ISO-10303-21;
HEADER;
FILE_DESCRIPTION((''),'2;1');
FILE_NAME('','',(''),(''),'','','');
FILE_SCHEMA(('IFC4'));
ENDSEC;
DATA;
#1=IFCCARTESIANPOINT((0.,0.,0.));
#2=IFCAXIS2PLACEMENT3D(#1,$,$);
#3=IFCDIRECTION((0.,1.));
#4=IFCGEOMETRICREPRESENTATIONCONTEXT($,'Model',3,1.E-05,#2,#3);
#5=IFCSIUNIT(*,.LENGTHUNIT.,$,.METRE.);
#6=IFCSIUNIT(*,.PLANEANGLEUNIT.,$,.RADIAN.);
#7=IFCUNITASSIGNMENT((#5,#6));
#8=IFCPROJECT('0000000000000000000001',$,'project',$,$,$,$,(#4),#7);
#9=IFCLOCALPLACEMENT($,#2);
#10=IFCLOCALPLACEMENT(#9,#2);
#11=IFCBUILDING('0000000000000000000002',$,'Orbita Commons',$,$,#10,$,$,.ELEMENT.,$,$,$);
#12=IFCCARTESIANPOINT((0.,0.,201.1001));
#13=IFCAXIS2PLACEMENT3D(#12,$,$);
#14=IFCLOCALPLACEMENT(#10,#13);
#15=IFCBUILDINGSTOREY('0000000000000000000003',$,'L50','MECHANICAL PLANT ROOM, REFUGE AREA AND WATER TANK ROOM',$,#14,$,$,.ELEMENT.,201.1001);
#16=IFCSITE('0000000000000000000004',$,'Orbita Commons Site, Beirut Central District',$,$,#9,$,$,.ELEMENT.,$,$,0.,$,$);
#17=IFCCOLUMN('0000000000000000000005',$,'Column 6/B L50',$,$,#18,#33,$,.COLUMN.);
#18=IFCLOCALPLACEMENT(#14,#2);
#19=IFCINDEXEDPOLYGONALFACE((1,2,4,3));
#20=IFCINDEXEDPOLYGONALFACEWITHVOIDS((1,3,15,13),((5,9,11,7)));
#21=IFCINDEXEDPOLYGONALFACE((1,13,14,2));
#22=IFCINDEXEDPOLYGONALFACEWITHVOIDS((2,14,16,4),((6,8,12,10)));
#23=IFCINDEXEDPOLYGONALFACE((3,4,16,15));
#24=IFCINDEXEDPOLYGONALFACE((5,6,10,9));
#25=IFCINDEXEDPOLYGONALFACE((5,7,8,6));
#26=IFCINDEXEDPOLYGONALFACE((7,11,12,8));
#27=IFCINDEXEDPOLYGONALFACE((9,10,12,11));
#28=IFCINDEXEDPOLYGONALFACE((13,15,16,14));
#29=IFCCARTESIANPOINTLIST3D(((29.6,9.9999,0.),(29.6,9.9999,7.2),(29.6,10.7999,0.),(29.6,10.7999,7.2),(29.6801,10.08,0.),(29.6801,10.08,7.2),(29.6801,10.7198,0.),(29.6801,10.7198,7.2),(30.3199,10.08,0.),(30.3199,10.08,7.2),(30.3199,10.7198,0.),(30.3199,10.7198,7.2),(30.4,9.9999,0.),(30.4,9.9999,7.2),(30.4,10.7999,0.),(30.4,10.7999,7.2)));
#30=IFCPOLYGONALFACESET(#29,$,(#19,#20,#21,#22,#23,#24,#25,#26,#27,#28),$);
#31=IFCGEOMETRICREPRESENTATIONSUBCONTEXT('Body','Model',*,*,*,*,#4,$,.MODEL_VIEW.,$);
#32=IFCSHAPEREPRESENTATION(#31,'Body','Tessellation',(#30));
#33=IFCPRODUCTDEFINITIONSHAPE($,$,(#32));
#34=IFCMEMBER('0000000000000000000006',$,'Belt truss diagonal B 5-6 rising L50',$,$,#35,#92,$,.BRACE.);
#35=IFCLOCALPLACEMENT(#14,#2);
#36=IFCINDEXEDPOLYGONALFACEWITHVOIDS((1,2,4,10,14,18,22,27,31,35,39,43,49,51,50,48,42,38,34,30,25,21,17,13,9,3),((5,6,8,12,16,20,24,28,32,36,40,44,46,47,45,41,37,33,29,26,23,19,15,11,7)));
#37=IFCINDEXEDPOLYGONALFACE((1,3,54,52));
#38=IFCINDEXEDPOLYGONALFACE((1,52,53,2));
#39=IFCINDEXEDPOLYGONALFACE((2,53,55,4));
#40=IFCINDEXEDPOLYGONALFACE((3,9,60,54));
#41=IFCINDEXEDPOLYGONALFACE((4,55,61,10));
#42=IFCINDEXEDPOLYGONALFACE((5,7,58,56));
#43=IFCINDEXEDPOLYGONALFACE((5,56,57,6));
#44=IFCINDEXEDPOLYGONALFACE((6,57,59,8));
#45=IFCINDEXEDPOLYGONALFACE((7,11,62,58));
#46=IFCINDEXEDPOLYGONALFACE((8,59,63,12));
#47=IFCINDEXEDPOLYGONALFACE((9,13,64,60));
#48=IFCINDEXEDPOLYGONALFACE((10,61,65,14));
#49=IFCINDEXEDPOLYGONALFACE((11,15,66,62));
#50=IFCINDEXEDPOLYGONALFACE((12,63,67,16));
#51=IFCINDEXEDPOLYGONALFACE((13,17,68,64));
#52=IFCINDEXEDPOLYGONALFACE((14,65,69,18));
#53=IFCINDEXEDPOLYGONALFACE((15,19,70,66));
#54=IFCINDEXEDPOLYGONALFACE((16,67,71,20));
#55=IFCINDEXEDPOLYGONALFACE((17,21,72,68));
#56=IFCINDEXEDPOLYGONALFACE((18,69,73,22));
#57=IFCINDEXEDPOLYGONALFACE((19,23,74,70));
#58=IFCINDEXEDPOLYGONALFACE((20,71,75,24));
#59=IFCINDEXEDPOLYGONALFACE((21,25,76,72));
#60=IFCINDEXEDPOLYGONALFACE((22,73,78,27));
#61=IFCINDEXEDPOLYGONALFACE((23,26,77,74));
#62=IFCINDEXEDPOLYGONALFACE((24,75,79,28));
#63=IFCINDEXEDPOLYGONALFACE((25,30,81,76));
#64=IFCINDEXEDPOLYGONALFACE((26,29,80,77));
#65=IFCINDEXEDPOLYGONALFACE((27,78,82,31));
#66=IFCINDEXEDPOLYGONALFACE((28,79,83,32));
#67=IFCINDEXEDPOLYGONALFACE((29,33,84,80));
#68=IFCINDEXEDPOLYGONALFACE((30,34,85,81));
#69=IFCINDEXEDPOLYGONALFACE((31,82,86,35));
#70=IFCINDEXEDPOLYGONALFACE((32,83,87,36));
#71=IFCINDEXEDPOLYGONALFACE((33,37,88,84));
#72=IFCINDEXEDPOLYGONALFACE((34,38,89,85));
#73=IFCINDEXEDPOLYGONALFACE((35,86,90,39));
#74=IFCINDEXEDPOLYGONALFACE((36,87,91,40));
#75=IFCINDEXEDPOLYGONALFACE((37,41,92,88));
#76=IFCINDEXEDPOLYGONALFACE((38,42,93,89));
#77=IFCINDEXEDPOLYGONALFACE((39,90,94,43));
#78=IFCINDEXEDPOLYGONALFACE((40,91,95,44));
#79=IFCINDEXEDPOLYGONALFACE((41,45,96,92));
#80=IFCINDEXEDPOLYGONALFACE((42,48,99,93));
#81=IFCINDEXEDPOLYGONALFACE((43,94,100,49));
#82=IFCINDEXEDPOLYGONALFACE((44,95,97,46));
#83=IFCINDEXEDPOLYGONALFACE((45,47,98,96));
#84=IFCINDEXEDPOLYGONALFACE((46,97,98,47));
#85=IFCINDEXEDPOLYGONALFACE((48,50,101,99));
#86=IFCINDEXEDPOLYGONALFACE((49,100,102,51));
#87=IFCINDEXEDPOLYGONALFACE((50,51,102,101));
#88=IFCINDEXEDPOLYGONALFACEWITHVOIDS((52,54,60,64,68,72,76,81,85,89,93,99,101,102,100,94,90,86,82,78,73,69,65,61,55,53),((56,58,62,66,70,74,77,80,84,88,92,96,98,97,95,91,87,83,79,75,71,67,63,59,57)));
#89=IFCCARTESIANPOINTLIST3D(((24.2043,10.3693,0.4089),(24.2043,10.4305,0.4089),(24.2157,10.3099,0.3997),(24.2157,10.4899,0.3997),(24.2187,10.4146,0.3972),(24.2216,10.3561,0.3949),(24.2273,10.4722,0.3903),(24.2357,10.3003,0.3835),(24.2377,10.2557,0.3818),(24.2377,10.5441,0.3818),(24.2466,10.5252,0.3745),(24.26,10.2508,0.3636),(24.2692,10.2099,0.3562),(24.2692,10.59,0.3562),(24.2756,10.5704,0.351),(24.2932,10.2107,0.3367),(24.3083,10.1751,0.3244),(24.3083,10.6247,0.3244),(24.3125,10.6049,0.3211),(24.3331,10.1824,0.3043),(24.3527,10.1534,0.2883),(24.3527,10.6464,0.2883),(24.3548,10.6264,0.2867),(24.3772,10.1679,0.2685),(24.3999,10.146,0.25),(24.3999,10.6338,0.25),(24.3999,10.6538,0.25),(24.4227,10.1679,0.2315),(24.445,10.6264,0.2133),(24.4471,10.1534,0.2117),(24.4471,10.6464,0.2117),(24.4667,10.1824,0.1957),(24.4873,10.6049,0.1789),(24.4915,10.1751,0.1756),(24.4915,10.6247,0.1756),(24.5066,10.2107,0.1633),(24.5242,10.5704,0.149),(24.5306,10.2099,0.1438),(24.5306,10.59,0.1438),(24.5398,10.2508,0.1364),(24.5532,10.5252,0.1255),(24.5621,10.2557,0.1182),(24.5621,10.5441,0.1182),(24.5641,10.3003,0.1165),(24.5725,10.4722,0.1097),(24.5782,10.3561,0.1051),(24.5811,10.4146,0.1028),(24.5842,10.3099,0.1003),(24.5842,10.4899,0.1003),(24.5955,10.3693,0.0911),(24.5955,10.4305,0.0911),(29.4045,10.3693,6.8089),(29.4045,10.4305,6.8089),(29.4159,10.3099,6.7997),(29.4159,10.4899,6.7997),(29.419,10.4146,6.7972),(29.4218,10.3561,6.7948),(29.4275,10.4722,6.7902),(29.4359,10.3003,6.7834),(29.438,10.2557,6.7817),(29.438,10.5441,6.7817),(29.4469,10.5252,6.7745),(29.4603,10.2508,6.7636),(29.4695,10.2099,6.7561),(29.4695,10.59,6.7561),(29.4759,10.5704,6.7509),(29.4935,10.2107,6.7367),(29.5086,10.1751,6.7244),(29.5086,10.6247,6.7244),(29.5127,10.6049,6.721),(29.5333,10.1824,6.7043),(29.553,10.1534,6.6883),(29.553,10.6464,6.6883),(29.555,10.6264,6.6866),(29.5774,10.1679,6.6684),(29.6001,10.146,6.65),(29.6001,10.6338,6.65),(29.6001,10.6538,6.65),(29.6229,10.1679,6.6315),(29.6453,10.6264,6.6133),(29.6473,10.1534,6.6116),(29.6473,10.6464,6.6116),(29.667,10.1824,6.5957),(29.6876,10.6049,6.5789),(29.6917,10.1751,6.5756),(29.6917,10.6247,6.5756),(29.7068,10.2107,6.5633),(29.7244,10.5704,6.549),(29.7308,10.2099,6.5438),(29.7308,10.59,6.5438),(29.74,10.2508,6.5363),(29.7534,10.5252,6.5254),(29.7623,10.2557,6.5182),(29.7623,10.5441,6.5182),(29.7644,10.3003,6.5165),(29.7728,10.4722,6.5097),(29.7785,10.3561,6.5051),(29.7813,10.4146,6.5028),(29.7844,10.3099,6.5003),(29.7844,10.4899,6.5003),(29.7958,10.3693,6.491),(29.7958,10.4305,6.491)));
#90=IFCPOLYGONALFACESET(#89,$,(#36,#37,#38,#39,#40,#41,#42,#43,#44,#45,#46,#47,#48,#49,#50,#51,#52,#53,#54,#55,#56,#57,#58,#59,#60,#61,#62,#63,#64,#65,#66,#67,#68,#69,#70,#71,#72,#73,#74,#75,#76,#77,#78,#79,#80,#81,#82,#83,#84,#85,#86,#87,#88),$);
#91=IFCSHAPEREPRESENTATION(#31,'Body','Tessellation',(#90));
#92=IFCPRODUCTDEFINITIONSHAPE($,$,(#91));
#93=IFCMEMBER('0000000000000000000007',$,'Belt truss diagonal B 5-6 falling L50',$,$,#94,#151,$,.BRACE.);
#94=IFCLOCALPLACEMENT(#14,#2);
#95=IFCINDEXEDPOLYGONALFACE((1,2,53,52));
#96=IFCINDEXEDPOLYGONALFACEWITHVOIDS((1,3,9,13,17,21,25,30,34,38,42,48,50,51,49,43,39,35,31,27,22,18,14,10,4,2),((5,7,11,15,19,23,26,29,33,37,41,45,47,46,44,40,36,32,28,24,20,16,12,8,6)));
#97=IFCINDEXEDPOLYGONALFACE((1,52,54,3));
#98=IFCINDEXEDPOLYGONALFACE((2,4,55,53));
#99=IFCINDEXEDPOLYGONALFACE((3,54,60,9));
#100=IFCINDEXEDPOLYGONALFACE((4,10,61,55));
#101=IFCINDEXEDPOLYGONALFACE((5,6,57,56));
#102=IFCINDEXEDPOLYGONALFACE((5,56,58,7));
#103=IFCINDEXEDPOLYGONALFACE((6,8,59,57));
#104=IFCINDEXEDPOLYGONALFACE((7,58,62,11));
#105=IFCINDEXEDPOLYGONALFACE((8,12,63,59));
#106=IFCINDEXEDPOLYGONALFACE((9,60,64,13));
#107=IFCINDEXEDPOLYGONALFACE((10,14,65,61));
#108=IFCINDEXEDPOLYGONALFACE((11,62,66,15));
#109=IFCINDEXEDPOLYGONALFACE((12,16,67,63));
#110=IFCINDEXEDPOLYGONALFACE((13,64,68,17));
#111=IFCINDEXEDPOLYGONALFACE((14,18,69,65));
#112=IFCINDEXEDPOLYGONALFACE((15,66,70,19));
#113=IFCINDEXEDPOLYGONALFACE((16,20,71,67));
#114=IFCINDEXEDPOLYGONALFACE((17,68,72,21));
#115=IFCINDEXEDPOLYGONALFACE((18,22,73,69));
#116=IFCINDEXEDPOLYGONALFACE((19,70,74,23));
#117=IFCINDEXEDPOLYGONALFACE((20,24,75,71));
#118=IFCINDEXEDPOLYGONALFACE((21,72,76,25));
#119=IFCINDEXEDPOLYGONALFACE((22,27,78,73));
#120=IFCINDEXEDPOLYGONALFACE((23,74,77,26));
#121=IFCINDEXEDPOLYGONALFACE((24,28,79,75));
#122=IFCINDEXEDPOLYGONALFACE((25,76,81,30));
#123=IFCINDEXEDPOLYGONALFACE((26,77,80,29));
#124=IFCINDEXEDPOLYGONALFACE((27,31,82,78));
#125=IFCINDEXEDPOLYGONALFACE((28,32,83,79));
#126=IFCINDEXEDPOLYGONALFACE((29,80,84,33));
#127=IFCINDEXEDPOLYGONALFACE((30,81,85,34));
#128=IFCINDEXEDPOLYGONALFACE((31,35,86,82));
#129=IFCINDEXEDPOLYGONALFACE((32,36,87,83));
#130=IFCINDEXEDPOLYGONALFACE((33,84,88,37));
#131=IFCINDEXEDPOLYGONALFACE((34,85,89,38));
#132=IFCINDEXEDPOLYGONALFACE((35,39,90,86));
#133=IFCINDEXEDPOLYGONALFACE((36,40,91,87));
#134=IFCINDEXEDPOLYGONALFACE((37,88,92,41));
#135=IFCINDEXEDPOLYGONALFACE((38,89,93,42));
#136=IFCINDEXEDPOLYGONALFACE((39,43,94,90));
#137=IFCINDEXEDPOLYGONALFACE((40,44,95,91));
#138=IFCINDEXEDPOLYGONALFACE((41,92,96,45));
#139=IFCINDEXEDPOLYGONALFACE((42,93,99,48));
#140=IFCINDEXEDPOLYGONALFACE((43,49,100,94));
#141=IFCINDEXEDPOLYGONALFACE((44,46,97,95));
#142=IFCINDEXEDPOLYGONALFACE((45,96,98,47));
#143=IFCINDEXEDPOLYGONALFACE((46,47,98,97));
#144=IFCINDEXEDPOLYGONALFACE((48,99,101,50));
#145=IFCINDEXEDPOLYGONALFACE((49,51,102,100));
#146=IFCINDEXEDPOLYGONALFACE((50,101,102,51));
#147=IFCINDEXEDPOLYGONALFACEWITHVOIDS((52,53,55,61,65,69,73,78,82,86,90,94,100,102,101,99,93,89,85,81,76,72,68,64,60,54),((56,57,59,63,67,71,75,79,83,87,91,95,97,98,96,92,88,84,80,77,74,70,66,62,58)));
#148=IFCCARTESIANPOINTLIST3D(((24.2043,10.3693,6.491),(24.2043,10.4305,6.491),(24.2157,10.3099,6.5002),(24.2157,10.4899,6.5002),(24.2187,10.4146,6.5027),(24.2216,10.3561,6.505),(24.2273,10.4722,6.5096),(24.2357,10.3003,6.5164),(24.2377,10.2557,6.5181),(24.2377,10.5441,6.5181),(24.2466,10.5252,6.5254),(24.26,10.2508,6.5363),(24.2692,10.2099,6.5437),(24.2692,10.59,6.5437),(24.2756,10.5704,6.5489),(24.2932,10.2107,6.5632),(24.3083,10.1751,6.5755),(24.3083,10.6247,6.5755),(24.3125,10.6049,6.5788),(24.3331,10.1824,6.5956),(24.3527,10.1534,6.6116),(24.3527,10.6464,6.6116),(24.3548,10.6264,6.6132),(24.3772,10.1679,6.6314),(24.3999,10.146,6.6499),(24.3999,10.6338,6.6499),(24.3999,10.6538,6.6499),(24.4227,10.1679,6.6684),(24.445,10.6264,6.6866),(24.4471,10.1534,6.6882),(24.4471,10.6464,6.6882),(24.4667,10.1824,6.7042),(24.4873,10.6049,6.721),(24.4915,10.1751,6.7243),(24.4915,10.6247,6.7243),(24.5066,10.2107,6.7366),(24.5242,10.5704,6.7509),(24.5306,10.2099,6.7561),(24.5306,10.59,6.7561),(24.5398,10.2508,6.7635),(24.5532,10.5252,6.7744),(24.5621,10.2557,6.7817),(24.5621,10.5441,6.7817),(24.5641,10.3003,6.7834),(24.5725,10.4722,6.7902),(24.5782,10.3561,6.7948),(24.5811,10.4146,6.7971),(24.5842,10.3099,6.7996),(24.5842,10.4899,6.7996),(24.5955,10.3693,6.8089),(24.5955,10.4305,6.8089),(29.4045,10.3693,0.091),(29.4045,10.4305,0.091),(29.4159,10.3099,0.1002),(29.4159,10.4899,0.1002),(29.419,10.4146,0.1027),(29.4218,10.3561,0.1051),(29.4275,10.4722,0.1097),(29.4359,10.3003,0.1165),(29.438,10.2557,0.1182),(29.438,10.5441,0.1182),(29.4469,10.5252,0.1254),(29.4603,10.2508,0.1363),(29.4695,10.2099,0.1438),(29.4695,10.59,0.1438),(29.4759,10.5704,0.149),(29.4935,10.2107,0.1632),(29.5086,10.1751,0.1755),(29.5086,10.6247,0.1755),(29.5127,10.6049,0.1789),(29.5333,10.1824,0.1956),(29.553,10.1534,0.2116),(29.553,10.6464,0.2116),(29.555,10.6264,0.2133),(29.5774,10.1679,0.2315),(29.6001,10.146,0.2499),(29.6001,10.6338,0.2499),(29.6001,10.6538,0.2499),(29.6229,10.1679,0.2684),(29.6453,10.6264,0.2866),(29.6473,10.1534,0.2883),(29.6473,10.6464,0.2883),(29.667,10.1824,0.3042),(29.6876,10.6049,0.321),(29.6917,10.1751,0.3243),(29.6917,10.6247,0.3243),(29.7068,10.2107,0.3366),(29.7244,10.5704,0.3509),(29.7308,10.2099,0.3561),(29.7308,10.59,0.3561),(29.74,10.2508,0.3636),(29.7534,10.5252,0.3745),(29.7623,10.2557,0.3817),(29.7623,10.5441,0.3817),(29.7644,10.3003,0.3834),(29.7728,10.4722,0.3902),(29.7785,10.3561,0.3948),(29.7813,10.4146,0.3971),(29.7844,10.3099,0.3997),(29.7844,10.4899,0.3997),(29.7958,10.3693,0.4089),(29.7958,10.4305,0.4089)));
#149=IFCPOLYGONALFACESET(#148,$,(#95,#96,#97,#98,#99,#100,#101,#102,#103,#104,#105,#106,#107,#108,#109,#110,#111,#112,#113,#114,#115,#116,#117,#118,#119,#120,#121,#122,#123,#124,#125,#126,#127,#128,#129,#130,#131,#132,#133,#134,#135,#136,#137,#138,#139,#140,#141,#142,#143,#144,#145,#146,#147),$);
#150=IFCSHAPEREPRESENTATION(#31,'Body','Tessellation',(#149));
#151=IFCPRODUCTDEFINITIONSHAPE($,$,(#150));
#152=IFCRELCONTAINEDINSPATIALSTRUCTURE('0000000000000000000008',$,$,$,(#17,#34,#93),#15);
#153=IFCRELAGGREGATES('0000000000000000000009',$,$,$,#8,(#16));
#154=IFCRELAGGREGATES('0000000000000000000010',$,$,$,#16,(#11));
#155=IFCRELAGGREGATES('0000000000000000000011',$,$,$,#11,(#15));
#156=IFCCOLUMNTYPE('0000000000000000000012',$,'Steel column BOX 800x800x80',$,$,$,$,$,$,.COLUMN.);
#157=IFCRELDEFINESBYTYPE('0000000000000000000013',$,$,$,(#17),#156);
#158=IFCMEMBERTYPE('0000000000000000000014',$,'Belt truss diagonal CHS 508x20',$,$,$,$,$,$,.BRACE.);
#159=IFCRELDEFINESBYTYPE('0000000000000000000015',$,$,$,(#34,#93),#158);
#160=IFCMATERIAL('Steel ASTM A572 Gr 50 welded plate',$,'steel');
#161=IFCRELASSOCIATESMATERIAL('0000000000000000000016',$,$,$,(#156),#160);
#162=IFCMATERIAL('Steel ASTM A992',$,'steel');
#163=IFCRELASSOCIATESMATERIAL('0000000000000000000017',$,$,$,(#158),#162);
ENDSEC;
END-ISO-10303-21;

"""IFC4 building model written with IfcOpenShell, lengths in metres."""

from ifc_helpers import new_model, si_unit, direction, frame, origin, origin_2d, place, context, subcontext, project, spatial, hollow_rectangle, hollow_circle, extrude, material, material_profile, profile_set, type_object, element, save


model = new_model("IFC4")

# Units and contexts
model_context = context("Model", 3, precision=1e-05, world=origin(), true_north=direction((0.0, 1.0)))
body_context = subcontext(model_context, "Body", "Model", "MODEL_VIEW")
ifc_project = project(units=[si_unit("LENGTHUNIT", "METRE"), si_unit("PLANEANGLEUNIT", "RADIAN")], contexts=[model_context])

# Site, building, storey
site_placement = place(None, origin())
site = spatial("IfcSite", under=ifc_project, at=site_placement, Name="Orbita Commons Site, Beirut Central District", CompositionType="ELEMENT", RefElevation=0.0)
building_placement = place(site_placement, origin())
building = spatial("IfcBuilding", under=site, at=building_placement, Name="Orbita Commons", CompositionType="ELEMENT")
storey_placement = place(building_placement, frame((0.0, 0.0, 201.1001)))
storey = spatial("IfcBuildingStorey", under=building, at=storey_placement, Name="L50", Description="MECHANICAL PLANT ROOM, REFUGE AREA AND WATER TANK ROOM", CompositionType="ELEMENT", Elevation=201.1001)

# Column
ifc_material_1 = material(Name="Steel ASTM A572 Gr 50 welded plate", Category="steel")
ifc_material_profile_1 = material_profile(ifc_material_1, hollow_rectangle(XDim=0.8, YDim=0.8, WallThickness=0.0801, at=origin_2d()), Name="BOX 800x800x80")
ifc_profile_set_1 = profile_set([ifc_material_profile_1], Name="Steel ASTM A572 Gr 50 welded plate")
column_type = type_object("IfcColumnType", Name="Steel column BOX 800x800x80", PredefinedType="COLUMN", material=ifc_profile_set_1)
column_placement = place(storey_placement, frame((30.0, 10.3999, 0.0), z_axis=(0.0, 0.0, 1.0), x_axis=(1.0, 0.0, 0.0)))
element("IfcColumn", 1, at=column_placement, inside=storey, type_object=column_type, Name="Column 6/B L50", PredefinedType="COLUMN", context=body_context, shape_type="SweptSolid", body=[
    extrude(hollow_rectangle(XDim=0.8, YDim=0.8, WallThickness=0.0801, at=origin_2d()), origin(), (0.0, 0.0, 1.0), 7.2),
])

# Members
ifc_material_2 = material(Name="Steel ASTM A992", Category="steel")
ifc_material_profile_2 = material_profile(ifc_material_2, hollow_circle(Radius=0.2539, WallThickness=0.02, at=origin_2d()), Name="CHS 508x20")
ifc_profile_set_2 = profile_set([ifc_material_profile_2], Name="Steel ASTM A992")
member_type_1 = type_object("IfcMemberType", Name="Belt truss diagonal CHS 508x20", PredefinedType="BRACE", material=ifc_profile_set_2)
for number, where, z_axis, x_axis, name in (
    (2, (24.3999, 10.3999, 0.25), (0.630613, 0.0, 0.776098), (0.0, 1.0, 0.0), "Belt truss diagonal B 5-6 rising L50"),
    (3, (24.3999, 10.3999, 6.6499), (0.630613, 0.0, -0.776098), (0.0, 1.0, 0.0), "Belt truss diagonal B 5-6 falling L50"),
):
    element("IfcMember", number, at=place(storey_placement, frame(where, z_axis=z_axis, x_axis=x_axis)), inside=storey, type_object=member_type_1, Name=name, PredefinedType="BRACE", context=body_context, shape_type="SweptSolid", body=[
        extrude(hollow_circle(Radius=0.2539, WallThickness=0.02, at=origin_2d()), origin(), (0.0, 0.0, 1.0), 8.2463),
    ])

save(model, "model.ifc")
